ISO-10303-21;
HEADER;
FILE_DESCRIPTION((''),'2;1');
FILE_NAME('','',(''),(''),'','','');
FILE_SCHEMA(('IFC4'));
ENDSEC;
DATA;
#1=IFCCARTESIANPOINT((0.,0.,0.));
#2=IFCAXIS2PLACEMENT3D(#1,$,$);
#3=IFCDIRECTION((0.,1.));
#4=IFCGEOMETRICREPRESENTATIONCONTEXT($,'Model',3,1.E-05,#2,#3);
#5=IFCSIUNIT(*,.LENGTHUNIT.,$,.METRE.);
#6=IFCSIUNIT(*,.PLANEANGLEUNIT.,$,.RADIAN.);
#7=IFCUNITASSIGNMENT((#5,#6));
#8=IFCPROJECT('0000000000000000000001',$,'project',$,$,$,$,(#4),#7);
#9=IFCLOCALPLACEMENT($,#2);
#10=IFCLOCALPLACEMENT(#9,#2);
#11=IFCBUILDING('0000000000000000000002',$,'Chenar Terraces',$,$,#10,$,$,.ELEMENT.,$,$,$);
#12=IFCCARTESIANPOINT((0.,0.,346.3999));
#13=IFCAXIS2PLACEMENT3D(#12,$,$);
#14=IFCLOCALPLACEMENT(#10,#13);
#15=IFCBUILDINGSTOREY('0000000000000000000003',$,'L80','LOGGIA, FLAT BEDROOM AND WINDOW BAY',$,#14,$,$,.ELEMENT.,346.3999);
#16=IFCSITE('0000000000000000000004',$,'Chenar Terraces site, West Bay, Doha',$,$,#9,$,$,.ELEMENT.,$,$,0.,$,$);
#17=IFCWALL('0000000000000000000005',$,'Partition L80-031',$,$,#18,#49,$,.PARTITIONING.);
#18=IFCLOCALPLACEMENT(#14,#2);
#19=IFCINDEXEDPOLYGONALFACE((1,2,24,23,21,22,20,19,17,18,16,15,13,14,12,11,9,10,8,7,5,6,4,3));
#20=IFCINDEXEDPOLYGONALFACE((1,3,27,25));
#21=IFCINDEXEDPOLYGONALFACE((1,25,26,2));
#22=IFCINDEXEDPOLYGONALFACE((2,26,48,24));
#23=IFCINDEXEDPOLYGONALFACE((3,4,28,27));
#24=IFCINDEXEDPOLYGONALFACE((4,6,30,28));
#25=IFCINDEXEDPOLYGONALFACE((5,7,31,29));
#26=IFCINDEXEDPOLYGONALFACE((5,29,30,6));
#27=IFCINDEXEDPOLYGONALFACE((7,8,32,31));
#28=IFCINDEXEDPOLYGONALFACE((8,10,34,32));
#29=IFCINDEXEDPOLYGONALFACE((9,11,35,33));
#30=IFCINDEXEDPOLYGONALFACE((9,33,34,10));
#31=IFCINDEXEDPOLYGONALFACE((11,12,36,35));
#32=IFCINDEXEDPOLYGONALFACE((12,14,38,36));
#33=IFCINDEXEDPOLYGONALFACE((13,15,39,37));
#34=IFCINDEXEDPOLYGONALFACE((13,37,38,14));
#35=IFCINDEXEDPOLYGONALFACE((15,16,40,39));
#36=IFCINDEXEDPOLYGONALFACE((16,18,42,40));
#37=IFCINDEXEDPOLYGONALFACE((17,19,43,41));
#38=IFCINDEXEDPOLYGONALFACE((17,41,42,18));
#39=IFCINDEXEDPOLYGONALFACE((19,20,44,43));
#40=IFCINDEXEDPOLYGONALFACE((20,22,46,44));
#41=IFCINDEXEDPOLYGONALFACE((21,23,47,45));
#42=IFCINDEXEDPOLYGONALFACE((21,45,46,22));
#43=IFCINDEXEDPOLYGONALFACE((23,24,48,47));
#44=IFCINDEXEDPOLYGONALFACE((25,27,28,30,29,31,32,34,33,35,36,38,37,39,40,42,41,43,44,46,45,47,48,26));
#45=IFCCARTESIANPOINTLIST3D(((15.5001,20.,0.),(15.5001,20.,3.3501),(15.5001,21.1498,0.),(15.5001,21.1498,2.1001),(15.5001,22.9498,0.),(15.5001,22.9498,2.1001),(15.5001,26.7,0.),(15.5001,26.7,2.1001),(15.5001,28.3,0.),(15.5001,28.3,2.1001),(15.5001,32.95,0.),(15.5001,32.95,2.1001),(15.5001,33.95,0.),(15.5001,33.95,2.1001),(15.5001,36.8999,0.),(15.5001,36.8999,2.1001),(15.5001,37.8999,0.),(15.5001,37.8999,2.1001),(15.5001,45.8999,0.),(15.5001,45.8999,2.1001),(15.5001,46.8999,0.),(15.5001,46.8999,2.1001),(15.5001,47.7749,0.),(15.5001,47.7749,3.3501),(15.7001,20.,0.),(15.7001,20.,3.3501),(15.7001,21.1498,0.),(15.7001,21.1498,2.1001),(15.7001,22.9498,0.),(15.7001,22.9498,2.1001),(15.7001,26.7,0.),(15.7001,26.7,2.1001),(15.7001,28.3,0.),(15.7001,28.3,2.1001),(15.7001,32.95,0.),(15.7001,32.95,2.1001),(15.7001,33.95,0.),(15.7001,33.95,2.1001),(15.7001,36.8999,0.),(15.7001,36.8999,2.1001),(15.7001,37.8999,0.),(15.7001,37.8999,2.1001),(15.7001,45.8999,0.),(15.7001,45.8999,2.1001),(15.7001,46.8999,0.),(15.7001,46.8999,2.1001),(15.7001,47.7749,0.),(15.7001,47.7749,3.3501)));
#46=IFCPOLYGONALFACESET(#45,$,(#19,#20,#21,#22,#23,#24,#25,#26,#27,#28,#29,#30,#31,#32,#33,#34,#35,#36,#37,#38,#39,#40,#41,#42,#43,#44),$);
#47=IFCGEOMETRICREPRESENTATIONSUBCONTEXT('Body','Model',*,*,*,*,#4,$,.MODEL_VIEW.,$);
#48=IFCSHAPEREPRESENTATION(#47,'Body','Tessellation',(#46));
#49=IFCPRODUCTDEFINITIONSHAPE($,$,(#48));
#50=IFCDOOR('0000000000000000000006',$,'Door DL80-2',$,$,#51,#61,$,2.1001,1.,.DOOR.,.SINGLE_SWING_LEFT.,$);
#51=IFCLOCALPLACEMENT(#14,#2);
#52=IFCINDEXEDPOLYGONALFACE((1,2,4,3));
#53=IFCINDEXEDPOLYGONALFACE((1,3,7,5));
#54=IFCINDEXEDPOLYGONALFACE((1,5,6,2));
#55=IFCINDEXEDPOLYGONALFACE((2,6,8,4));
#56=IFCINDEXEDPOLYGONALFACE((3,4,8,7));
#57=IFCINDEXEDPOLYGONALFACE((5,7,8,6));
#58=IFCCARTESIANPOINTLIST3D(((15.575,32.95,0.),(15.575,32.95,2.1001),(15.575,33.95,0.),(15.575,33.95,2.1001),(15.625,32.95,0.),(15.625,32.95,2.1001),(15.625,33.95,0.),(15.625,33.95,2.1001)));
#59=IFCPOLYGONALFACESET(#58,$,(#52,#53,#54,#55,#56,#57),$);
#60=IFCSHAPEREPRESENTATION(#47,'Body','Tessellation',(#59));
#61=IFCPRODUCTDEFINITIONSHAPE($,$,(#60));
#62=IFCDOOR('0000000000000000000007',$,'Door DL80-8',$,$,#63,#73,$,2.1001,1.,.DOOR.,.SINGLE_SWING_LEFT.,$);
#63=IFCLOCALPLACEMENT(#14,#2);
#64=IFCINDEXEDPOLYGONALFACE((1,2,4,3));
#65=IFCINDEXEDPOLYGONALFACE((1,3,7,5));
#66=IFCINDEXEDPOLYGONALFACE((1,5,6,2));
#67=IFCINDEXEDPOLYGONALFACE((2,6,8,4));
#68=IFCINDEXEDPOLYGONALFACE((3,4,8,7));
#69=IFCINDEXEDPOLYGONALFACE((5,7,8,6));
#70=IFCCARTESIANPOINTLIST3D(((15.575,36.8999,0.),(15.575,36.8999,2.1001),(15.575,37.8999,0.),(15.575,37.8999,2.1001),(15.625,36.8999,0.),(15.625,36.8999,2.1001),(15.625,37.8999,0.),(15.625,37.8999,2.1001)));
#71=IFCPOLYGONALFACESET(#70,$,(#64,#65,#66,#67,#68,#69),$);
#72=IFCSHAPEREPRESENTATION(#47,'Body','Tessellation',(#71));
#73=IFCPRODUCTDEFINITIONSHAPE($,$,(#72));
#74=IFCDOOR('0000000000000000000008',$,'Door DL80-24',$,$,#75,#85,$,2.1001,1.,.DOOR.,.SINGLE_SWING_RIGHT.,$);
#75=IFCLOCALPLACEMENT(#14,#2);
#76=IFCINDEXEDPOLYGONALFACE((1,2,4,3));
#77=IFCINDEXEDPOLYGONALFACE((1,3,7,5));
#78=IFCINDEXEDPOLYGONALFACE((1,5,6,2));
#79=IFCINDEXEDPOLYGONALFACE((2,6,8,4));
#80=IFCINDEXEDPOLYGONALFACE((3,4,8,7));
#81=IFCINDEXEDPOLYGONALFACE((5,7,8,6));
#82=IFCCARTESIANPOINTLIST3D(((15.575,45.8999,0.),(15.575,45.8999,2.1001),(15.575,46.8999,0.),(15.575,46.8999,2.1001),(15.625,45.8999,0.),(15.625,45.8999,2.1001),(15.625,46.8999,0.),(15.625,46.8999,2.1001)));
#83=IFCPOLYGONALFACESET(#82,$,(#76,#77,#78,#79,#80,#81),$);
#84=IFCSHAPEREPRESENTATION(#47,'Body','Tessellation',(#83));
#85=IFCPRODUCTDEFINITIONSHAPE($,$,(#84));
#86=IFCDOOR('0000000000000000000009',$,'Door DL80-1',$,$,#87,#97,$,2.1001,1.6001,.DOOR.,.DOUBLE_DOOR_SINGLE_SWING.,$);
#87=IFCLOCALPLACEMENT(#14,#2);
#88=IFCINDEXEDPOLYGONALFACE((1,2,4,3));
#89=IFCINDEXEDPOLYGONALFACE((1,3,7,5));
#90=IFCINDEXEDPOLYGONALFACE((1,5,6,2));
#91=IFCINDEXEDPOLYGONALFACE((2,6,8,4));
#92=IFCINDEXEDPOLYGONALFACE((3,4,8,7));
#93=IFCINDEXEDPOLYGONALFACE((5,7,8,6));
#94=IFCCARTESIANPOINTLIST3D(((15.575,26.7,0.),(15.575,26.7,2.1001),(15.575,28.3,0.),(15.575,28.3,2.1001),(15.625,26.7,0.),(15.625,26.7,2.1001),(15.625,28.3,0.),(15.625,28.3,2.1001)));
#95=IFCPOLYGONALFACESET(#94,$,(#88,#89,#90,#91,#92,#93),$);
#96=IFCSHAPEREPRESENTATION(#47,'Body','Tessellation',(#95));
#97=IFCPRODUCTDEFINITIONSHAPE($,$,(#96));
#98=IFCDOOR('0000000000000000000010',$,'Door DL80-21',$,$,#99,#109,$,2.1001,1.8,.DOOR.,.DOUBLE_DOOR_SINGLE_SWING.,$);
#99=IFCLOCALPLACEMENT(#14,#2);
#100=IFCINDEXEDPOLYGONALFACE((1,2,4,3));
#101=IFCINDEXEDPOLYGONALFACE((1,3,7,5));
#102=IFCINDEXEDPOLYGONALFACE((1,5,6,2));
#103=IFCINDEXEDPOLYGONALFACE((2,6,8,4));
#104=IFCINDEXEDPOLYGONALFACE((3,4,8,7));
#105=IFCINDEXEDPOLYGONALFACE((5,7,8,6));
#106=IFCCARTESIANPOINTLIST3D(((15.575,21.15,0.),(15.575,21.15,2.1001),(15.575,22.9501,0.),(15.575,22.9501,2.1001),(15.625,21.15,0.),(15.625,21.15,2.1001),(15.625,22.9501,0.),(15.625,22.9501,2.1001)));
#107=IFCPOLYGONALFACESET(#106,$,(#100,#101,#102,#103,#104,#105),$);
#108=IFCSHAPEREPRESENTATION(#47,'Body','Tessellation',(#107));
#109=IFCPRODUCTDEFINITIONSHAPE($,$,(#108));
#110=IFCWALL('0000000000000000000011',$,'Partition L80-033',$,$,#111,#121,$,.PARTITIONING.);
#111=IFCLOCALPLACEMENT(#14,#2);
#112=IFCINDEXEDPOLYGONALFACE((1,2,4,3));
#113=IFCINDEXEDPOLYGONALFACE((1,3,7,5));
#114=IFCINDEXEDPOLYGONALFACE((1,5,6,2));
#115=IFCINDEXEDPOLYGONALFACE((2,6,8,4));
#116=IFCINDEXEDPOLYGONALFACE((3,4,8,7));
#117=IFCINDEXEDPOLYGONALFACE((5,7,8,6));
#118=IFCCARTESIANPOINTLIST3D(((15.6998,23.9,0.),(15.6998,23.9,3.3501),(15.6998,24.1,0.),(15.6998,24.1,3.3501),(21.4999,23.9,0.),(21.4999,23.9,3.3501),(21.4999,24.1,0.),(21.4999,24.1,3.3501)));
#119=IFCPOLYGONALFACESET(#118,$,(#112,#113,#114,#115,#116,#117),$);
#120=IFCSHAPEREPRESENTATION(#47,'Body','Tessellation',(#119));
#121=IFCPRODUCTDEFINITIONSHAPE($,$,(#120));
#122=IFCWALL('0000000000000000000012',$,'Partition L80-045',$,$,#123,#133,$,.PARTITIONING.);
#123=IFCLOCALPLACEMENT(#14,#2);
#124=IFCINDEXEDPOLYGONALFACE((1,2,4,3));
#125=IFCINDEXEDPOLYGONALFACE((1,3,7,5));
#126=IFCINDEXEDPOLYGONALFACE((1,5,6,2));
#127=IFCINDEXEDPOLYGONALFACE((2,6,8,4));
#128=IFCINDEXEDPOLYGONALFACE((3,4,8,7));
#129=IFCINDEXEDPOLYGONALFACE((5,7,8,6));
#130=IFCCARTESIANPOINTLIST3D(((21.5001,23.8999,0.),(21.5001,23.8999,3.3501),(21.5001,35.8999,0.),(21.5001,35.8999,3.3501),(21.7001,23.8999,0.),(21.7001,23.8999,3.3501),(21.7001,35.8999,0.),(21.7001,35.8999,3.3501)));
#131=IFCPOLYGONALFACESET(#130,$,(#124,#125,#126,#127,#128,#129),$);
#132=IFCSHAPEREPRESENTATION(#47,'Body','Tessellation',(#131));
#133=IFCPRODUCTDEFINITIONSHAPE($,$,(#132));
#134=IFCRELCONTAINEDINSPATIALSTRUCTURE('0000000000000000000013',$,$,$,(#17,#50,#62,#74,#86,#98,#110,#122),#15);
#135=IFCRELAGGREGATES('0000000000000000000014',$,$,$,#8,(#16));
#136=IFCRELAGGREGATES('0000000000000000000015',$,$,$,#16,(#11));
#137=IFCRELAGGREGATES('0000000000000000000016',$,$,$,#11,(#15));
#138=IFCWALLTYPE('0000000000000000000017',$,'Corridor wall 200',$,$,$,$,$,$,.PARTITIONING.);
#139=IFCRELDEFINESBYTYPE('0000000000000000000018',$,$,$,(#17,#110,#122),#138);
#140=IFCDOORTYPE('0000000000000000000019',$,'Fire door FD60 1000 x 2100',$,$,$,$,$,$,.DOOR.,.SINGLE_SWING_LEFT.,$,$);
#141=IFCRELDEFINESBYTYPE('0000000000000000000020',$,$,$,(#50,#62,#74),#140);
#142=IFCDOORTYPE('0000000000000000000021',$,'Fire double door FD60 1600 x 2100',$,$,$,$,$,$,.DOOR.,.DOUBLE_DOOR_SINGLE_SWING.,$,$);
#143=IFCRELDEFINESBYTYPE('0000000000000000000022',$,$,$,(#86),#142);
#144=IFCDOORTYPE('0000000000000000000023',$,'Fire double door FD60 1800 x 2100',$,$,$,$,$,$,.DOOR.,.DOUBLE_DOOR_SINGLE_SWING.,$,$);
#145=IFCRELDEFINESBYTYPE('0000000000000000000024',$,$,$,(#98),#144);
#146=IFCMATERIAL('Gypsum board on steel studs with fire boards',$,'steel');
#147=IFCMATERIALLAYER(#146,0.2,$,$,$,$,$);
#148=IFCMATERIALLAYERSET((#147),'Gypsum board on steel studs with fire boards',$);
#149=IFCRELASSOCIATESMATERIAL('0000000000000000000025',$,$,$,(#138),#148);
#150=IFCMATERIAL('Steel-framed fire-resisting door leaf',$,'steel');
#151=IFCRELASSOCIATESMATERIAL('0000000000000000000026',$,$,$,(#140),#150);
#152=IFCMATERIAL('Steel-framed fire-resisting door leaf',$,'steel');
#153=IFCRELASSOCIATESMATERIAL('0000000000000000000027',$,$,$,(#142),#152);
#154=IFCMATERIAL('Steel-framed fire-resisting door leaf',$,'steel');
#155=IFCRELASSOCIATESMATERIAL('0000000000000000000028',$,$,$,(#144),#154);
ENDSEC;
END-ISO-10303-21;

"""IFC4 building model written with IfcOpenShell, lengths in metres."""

from ifc_helpers import new_model, si_unit, direction, frame, frame_2d, origin, place, context, subcontext, project, spatial, rectangle, extrude, material, layer, layer_set, type_object, element, fill, save


model = new_model("IFC4")

# Units and contexts
model_context = context("Model", 3, precision=1e-05, world=origin(), true_north=direction((0.0, 1.0)))
body_context = subcontext(model_context, "Body", "Model", "MODEL_VIEW")
ifc_project = project(units=[si_unit("LENGTHUNIT", "METRE"), si_unit("PLANEANGLEUNIT", "RADIAN")], contexts=[model_context])

# Site, building, storey
site_placement = place(None, origin())
site = spatial("IfcSite", under=ifc_project, at=site_placement, Name="Chenar Terraces site, West Bay, Doha", CompositionType="ELEMENT", RefElevation=0.0)
building_placement = place(site_placement, origin())
building = spatial("IfcBuilding", under=site, at=building_placement, Name="Chenar Terraces", CompositionType="ELEMENT")
storey_placement = place(building_placement, frame((0.0, 0.0, 346.3999)))
storey = spatial("IfcBuildingStorey", under=building, at=storey_placement, Name="L80", Description="LOGGIA, FLAT BEDROOM AND WINDOW BAY", CompositionType="ELEMENT", Elevation=346.3999)

# Wall, openings, doors
ifc_material_1 = material(Name="Gypsum board on steel studs with fire boards", Category="steel")
ifc_layer_1 = layer(ifc_material_1, 0.2)
ifc_layer_set_1 = layer_set([ifc_layer_1], Name="Gypsum board on steel studs with fire boards")
wall_type_1 = type_object("IfcWallType", Name="Corridor wall 200", PredefinedType="PARTITIONING", material=ifc_layer_set_1)
wall_1_placement = place(storey_placement, frame((15.6001, 20.0, 0.0), z_axis=(0.0, 0.0, 1.0), x_axis=(0.0, 1.0, 0.0)))
wall_1 = element("IfcWall", 1, at=wall_1_placement, inside=storey, type_object=wall_type_1, Name="Partition L80-031", PredefinedType="PARTITIONING", context=body_context, shape_type="SweptSolid", body=[
    extrude(rectangle(XDim=27.7749, YDim=0.2, at=frame_2d((13.8875, 0.0))), origin(), (0.0, 0.0, 1.0), 3.3501),
])
opening_1_placement = place(wall_1_placement, frame((6.7, 0.0, 0.0)))
opening_1 = element("IfcOpeningElement", 2, at=opening_1_placement, cuts=wall_1, PredefinedType="OPENING", context=body_context, shape_type="SweptSolid", body=[
    extrude(rectangle(XDim=1.6001, YDim=2.1001, at=frame_2d((0.8, 1.05))), frame((0.0, 0.1099, 0.0), z_axis=(0.0, -1.0, 0.0), x_axis=(1.0, 0.0, 0.0)), (0.0, 0.0, 1.0), 0.22),
])
opening_2_placement = place(wall_1_placement, frame((12.95, 0.0, 0.0)))
opening_2 = element("IfcOpeningElement", 3, at=opening_2_placement, cuts=wall_1, PredefinedType="OPENING", context=body_context, shape_type="SweptSolid", body=[
    extrude(rectangle(XDim=1.0, YDim=2.1001, at=frame_2d((0.5, 1.05))), frame((0.0, 0.1099, 0.0), z_axis=(0.0, -1.0, 0.0), x_axis=(1.0, 0.0, 0.0)), (0.0, 0.0, 1.0), 0.22),
])
opening_3_placement = place(wall_1_placement, frame((16.8999, 0.0, 0.0)))
opening_3 = element("IfcOpeningElement", 4, at=opening_3_placement, cuts=wall_1, PredefinedType="OPENING", context=body_context, shape_type="SweptSolid", body=[
    extrude(rectangle(XDim=1.0, YDim=2.1001, at=frame_2d((0.5, 1.05))), frame((0.0, 0.1099, 0.0), z_axis=(0.0, -1.0, 0.0), x_axis=(1.0, 0.0, 0.0)), (0.0, 0.0, 1.0), 0.22),
])
opening_4_placement = place(wall_1_placement, frame((1.1499, 0.0, 0.0)))
opening_4 = element("IfcOpeningElement", 5, at=opening_4_placement, cuts=wall_1, PredefinedType="OPENING", context=body_context, shape_type="SweptSolid", body=[
    extrude(rectangle(XDim=1.8, YDim=2.1001, at=frame_2d((0.8999, 1.05))), frame((0.0, 0.1099, 0.0), z_axis=(0.0, -1.0, 0.0), x_axis=(1.0, 0.0, 0.0)), (0.0, 0.0, 1.0), 0.22),
])
opening_5_placement = place(wall_1_placement, frame((25.8999, 0.0, 0.0)))
opening_5 = element("IfcOpeningElement", 6, at=opening_5_placement, cuts=wall_1, PredefinedType="OPENING", context=body_context, shape_type="SweptSolid", body=[
    extrude(rectangle(XDim=1.0, YDim=2.1001, at=frame_2d((0.5, 1.05))), frame((0.0, 0.1099, 0.0), z_axis=(0.0, -1.0, 0.0), x_axis=(1.0, 0.0, 0.0)), (0.0, 0.0, 1.0), 0.22),
])
ifc_material_2 = material(Name="Steel-framed fire-resisting door leaf", Category="steel")
door_type_1 = type_object("IfcDoorType", Name="Fire door FD60 1000 x 2100", OperationType="SINGLE_SWING_LEFT", PredefinedType="DOOR", material=ifc_material_2)
door_1_placement = place(opening_2_placement, frame((1.0, 0.0, 0.0), z_axis=(0.0, 0.0, 1.0), x_axis=(-1.0, 0.0, 0.0)))
door_1 = element("IfcDoor", 7, at=door_1_placement, inside=storey, type_object=door_type_1, Name="Door DL80-2", OperationType="SINGLE_SWING_LEFT", OverallHeight=2.1001, OverallWidth=1.0, PredefinedType="DOOR", context=body_context, shape_type="SweptSolid", body=[
    extrude(rectangle(XDim=1.0, YDim=2.1001, at=frame_2d((0.5, 1.05))), frame((0.0, 0.0249, 0.0), z_axis=(0.0, -1.0, 0.0), x_axis=(1.0, 0.0, 0.0)), (0.0, 0.0, 1.0), 0.05),
])
fill(opening_2, door_1)
door_2_placement = place(opening_3_placement, frame((1.0, 0.0, 0.0), z_axis=(0.0, 0.0, 1.0), x_axis=(-1.0, 0.0, 0.0)))
door_2 = element("IfcDoor", 8, at=door_2_placement, inside=storey, type_object=door_type_1, Name="Door DL80-8", OperationType="SINGLE_SWING_LEFT", OverallHeight=2.1001, OverallWidth=1.0, PredefinedType="DOOR", context=body_context, shape_type="SweptSolid", body=[
    extrude(rectangle(XDim=1.0, YDim=2.1001, at=frame_2d((0.5, 1.05))), frame((0.0, 0.0249, 0.0), z_axis=(0.0, -1.0, 0.0), x_axis=(1.0, 0.0, 0.0)), (0.0, 0.0, 1.0), 0.05),
])
fill(opening_3, door_2)
door_3_placement = place(opening_5_placement, frame((1.0, 0.0, 0.0), z_axis=(0.0, 0.0, 1.0), x_axis=(-1.0, 0.0, 0.0)))
door_3 = element("IfcDoor", 9, at=door_3_placement, inside=storey, type_object=door_type_1, Name="Door DL80-24", OperationType="SINGLE_SWING_RIGHT", OverallHeight=2.1001, OverallWidth=1.0, PredefinedType="DOOR", context=body_context, shape_type="SweptSolid", body=[
    extrude(rectangle(XDim=1.0, YDim=2.1001, at=frame_2d((0.5, 1.05))), frame((0.0, 0.0249, 0.0), z_axis=(0.0, -1.0, 0.0), x_axis=(1.0, 0.0, 0.0)), (0.0, 0.0, 1.0), 0.05),
])
fill(opening_5, door_3)
ifc_material_3 = material(Name="Steel-framed fire-resisting door leaf", Category="steel")
door_type_2 = type_object("IfcDoorType", Name="Fire double door FD60 1600 x 2100", OperationType="DOUBLE_DOOR_SINGLE_SWING", PredefinedType="DOOR", material=ifc_material_3)
door_4_placement = place(opening_1_placement, frame((1.6001, 0.0, 0.0), z_axis=(0.0, 0.0, 1.0), x_axis=(-1.0, 0.0, 0.0)))
door_4 = element("IfcDoor", 10, at=door_4_placement, inside=storey, type_object=door_type_2, Name="Door DL80-1", OperationType="DOUBLE_DOOR_SINGLE_SWING", OverallHeight=2.1001, OverallWidth=1.6001, PredefinedType="DOOR", context=body_context, shape_type="SweptSolid", body=[
    extrude(rectangle(XDim=1.6001, YDim=2.1001, at=frame_2d((0.8, 1.05))), frame((0.0, 0.0249, 0.0), z_axis=(0.0, -1.0, 0.0), x_axis=(1.0, 0.0, 0.0)), (0.0, 0.0, 1.0), 0.05),
])
fill(opening_1, door_4)
ifc_material_4 = material(Name="Steel-framed fire-resisting door leaf", Category="steel")
door_type_3 = type_object("IfcDoorType", Name="Fire double door FD60 1800 x 2100", OperationType="DOUBLE_DOOR_SINGLE_SWING", PredefinedType="DOOR", material=ifc_material_4)
door_5_placement = place(opening_4_placement, frame((1.8, 0.0, 0.0), z_axis=(0.0, 0.0, 1.0), x_axis=(-1.0, 0.0, 0.0)))
door_5 = element("IfcDoor", 11, at=door_5_placement, inside=storey, type_object=door_type_3, Name="Door DL80-21", OperationType="DOUBLE_DOOR_SINGLE_SWING", OverallHeight=2.1001, OverallWidth=1.8, PredefinedType="DOOR", context=body_context, shape_type="SweptSolid", body=[
    extrude(rectangle(XDim=1.8, YDim=2.1001, at=frame_2d((0.8999, 1.05))), frame((0.0, 0.0249, 0.0), z_axis=(0.0, -1.0, 0.0), x_axis=(1.0, 0.0, 0.0)), (0.0, 0.0, 1.0), 0.05),
])
fill(opening_4, door_5)

# Walls
wall_2_placement = place(storey_placement, frame((15.7, 24.0, 0.0), z_axis=(0.0, 0.0, 1.0), x_axis=(1.0, 0.0, 0.0)))
element("IfcWall", 12, at=wall_2_placement, inside=storey, type_object=wall_type_1, Name="Partition L80-033", PredefinedType="PARTITIONING", context=body_context, shape_type="SweptSolid", body=[
    extrude(rectangle(XDim=5.8, YDim=0.2, at=frame_2d((2.8999, 0.0))), origin(), (0.0, 0.0, 1.0), 3.3501),
])
wall_3_placement = place(storey_placement, frame((21.6001, 23.8999, 0.0), z_axis=(0.0, 0.0, 1.0), x_axis=(0.0, 1.0, 0.0)))
element("IfcWall", 13, at=wall_3_placement, inside=storey, type_object=wall_type_1, Name="Partition L80-045", PredefinedType="PARTITIONING", context=body_context, shape_type="SweptSolid", body=[
    extrude(rectangle(XDim=12.0, YDim=0.2, at=frame_2d((6.0, 0.0))), origin(), (0.0, 0.0, 1.0), 3.3501),
])

save(model, "model.ifc")
